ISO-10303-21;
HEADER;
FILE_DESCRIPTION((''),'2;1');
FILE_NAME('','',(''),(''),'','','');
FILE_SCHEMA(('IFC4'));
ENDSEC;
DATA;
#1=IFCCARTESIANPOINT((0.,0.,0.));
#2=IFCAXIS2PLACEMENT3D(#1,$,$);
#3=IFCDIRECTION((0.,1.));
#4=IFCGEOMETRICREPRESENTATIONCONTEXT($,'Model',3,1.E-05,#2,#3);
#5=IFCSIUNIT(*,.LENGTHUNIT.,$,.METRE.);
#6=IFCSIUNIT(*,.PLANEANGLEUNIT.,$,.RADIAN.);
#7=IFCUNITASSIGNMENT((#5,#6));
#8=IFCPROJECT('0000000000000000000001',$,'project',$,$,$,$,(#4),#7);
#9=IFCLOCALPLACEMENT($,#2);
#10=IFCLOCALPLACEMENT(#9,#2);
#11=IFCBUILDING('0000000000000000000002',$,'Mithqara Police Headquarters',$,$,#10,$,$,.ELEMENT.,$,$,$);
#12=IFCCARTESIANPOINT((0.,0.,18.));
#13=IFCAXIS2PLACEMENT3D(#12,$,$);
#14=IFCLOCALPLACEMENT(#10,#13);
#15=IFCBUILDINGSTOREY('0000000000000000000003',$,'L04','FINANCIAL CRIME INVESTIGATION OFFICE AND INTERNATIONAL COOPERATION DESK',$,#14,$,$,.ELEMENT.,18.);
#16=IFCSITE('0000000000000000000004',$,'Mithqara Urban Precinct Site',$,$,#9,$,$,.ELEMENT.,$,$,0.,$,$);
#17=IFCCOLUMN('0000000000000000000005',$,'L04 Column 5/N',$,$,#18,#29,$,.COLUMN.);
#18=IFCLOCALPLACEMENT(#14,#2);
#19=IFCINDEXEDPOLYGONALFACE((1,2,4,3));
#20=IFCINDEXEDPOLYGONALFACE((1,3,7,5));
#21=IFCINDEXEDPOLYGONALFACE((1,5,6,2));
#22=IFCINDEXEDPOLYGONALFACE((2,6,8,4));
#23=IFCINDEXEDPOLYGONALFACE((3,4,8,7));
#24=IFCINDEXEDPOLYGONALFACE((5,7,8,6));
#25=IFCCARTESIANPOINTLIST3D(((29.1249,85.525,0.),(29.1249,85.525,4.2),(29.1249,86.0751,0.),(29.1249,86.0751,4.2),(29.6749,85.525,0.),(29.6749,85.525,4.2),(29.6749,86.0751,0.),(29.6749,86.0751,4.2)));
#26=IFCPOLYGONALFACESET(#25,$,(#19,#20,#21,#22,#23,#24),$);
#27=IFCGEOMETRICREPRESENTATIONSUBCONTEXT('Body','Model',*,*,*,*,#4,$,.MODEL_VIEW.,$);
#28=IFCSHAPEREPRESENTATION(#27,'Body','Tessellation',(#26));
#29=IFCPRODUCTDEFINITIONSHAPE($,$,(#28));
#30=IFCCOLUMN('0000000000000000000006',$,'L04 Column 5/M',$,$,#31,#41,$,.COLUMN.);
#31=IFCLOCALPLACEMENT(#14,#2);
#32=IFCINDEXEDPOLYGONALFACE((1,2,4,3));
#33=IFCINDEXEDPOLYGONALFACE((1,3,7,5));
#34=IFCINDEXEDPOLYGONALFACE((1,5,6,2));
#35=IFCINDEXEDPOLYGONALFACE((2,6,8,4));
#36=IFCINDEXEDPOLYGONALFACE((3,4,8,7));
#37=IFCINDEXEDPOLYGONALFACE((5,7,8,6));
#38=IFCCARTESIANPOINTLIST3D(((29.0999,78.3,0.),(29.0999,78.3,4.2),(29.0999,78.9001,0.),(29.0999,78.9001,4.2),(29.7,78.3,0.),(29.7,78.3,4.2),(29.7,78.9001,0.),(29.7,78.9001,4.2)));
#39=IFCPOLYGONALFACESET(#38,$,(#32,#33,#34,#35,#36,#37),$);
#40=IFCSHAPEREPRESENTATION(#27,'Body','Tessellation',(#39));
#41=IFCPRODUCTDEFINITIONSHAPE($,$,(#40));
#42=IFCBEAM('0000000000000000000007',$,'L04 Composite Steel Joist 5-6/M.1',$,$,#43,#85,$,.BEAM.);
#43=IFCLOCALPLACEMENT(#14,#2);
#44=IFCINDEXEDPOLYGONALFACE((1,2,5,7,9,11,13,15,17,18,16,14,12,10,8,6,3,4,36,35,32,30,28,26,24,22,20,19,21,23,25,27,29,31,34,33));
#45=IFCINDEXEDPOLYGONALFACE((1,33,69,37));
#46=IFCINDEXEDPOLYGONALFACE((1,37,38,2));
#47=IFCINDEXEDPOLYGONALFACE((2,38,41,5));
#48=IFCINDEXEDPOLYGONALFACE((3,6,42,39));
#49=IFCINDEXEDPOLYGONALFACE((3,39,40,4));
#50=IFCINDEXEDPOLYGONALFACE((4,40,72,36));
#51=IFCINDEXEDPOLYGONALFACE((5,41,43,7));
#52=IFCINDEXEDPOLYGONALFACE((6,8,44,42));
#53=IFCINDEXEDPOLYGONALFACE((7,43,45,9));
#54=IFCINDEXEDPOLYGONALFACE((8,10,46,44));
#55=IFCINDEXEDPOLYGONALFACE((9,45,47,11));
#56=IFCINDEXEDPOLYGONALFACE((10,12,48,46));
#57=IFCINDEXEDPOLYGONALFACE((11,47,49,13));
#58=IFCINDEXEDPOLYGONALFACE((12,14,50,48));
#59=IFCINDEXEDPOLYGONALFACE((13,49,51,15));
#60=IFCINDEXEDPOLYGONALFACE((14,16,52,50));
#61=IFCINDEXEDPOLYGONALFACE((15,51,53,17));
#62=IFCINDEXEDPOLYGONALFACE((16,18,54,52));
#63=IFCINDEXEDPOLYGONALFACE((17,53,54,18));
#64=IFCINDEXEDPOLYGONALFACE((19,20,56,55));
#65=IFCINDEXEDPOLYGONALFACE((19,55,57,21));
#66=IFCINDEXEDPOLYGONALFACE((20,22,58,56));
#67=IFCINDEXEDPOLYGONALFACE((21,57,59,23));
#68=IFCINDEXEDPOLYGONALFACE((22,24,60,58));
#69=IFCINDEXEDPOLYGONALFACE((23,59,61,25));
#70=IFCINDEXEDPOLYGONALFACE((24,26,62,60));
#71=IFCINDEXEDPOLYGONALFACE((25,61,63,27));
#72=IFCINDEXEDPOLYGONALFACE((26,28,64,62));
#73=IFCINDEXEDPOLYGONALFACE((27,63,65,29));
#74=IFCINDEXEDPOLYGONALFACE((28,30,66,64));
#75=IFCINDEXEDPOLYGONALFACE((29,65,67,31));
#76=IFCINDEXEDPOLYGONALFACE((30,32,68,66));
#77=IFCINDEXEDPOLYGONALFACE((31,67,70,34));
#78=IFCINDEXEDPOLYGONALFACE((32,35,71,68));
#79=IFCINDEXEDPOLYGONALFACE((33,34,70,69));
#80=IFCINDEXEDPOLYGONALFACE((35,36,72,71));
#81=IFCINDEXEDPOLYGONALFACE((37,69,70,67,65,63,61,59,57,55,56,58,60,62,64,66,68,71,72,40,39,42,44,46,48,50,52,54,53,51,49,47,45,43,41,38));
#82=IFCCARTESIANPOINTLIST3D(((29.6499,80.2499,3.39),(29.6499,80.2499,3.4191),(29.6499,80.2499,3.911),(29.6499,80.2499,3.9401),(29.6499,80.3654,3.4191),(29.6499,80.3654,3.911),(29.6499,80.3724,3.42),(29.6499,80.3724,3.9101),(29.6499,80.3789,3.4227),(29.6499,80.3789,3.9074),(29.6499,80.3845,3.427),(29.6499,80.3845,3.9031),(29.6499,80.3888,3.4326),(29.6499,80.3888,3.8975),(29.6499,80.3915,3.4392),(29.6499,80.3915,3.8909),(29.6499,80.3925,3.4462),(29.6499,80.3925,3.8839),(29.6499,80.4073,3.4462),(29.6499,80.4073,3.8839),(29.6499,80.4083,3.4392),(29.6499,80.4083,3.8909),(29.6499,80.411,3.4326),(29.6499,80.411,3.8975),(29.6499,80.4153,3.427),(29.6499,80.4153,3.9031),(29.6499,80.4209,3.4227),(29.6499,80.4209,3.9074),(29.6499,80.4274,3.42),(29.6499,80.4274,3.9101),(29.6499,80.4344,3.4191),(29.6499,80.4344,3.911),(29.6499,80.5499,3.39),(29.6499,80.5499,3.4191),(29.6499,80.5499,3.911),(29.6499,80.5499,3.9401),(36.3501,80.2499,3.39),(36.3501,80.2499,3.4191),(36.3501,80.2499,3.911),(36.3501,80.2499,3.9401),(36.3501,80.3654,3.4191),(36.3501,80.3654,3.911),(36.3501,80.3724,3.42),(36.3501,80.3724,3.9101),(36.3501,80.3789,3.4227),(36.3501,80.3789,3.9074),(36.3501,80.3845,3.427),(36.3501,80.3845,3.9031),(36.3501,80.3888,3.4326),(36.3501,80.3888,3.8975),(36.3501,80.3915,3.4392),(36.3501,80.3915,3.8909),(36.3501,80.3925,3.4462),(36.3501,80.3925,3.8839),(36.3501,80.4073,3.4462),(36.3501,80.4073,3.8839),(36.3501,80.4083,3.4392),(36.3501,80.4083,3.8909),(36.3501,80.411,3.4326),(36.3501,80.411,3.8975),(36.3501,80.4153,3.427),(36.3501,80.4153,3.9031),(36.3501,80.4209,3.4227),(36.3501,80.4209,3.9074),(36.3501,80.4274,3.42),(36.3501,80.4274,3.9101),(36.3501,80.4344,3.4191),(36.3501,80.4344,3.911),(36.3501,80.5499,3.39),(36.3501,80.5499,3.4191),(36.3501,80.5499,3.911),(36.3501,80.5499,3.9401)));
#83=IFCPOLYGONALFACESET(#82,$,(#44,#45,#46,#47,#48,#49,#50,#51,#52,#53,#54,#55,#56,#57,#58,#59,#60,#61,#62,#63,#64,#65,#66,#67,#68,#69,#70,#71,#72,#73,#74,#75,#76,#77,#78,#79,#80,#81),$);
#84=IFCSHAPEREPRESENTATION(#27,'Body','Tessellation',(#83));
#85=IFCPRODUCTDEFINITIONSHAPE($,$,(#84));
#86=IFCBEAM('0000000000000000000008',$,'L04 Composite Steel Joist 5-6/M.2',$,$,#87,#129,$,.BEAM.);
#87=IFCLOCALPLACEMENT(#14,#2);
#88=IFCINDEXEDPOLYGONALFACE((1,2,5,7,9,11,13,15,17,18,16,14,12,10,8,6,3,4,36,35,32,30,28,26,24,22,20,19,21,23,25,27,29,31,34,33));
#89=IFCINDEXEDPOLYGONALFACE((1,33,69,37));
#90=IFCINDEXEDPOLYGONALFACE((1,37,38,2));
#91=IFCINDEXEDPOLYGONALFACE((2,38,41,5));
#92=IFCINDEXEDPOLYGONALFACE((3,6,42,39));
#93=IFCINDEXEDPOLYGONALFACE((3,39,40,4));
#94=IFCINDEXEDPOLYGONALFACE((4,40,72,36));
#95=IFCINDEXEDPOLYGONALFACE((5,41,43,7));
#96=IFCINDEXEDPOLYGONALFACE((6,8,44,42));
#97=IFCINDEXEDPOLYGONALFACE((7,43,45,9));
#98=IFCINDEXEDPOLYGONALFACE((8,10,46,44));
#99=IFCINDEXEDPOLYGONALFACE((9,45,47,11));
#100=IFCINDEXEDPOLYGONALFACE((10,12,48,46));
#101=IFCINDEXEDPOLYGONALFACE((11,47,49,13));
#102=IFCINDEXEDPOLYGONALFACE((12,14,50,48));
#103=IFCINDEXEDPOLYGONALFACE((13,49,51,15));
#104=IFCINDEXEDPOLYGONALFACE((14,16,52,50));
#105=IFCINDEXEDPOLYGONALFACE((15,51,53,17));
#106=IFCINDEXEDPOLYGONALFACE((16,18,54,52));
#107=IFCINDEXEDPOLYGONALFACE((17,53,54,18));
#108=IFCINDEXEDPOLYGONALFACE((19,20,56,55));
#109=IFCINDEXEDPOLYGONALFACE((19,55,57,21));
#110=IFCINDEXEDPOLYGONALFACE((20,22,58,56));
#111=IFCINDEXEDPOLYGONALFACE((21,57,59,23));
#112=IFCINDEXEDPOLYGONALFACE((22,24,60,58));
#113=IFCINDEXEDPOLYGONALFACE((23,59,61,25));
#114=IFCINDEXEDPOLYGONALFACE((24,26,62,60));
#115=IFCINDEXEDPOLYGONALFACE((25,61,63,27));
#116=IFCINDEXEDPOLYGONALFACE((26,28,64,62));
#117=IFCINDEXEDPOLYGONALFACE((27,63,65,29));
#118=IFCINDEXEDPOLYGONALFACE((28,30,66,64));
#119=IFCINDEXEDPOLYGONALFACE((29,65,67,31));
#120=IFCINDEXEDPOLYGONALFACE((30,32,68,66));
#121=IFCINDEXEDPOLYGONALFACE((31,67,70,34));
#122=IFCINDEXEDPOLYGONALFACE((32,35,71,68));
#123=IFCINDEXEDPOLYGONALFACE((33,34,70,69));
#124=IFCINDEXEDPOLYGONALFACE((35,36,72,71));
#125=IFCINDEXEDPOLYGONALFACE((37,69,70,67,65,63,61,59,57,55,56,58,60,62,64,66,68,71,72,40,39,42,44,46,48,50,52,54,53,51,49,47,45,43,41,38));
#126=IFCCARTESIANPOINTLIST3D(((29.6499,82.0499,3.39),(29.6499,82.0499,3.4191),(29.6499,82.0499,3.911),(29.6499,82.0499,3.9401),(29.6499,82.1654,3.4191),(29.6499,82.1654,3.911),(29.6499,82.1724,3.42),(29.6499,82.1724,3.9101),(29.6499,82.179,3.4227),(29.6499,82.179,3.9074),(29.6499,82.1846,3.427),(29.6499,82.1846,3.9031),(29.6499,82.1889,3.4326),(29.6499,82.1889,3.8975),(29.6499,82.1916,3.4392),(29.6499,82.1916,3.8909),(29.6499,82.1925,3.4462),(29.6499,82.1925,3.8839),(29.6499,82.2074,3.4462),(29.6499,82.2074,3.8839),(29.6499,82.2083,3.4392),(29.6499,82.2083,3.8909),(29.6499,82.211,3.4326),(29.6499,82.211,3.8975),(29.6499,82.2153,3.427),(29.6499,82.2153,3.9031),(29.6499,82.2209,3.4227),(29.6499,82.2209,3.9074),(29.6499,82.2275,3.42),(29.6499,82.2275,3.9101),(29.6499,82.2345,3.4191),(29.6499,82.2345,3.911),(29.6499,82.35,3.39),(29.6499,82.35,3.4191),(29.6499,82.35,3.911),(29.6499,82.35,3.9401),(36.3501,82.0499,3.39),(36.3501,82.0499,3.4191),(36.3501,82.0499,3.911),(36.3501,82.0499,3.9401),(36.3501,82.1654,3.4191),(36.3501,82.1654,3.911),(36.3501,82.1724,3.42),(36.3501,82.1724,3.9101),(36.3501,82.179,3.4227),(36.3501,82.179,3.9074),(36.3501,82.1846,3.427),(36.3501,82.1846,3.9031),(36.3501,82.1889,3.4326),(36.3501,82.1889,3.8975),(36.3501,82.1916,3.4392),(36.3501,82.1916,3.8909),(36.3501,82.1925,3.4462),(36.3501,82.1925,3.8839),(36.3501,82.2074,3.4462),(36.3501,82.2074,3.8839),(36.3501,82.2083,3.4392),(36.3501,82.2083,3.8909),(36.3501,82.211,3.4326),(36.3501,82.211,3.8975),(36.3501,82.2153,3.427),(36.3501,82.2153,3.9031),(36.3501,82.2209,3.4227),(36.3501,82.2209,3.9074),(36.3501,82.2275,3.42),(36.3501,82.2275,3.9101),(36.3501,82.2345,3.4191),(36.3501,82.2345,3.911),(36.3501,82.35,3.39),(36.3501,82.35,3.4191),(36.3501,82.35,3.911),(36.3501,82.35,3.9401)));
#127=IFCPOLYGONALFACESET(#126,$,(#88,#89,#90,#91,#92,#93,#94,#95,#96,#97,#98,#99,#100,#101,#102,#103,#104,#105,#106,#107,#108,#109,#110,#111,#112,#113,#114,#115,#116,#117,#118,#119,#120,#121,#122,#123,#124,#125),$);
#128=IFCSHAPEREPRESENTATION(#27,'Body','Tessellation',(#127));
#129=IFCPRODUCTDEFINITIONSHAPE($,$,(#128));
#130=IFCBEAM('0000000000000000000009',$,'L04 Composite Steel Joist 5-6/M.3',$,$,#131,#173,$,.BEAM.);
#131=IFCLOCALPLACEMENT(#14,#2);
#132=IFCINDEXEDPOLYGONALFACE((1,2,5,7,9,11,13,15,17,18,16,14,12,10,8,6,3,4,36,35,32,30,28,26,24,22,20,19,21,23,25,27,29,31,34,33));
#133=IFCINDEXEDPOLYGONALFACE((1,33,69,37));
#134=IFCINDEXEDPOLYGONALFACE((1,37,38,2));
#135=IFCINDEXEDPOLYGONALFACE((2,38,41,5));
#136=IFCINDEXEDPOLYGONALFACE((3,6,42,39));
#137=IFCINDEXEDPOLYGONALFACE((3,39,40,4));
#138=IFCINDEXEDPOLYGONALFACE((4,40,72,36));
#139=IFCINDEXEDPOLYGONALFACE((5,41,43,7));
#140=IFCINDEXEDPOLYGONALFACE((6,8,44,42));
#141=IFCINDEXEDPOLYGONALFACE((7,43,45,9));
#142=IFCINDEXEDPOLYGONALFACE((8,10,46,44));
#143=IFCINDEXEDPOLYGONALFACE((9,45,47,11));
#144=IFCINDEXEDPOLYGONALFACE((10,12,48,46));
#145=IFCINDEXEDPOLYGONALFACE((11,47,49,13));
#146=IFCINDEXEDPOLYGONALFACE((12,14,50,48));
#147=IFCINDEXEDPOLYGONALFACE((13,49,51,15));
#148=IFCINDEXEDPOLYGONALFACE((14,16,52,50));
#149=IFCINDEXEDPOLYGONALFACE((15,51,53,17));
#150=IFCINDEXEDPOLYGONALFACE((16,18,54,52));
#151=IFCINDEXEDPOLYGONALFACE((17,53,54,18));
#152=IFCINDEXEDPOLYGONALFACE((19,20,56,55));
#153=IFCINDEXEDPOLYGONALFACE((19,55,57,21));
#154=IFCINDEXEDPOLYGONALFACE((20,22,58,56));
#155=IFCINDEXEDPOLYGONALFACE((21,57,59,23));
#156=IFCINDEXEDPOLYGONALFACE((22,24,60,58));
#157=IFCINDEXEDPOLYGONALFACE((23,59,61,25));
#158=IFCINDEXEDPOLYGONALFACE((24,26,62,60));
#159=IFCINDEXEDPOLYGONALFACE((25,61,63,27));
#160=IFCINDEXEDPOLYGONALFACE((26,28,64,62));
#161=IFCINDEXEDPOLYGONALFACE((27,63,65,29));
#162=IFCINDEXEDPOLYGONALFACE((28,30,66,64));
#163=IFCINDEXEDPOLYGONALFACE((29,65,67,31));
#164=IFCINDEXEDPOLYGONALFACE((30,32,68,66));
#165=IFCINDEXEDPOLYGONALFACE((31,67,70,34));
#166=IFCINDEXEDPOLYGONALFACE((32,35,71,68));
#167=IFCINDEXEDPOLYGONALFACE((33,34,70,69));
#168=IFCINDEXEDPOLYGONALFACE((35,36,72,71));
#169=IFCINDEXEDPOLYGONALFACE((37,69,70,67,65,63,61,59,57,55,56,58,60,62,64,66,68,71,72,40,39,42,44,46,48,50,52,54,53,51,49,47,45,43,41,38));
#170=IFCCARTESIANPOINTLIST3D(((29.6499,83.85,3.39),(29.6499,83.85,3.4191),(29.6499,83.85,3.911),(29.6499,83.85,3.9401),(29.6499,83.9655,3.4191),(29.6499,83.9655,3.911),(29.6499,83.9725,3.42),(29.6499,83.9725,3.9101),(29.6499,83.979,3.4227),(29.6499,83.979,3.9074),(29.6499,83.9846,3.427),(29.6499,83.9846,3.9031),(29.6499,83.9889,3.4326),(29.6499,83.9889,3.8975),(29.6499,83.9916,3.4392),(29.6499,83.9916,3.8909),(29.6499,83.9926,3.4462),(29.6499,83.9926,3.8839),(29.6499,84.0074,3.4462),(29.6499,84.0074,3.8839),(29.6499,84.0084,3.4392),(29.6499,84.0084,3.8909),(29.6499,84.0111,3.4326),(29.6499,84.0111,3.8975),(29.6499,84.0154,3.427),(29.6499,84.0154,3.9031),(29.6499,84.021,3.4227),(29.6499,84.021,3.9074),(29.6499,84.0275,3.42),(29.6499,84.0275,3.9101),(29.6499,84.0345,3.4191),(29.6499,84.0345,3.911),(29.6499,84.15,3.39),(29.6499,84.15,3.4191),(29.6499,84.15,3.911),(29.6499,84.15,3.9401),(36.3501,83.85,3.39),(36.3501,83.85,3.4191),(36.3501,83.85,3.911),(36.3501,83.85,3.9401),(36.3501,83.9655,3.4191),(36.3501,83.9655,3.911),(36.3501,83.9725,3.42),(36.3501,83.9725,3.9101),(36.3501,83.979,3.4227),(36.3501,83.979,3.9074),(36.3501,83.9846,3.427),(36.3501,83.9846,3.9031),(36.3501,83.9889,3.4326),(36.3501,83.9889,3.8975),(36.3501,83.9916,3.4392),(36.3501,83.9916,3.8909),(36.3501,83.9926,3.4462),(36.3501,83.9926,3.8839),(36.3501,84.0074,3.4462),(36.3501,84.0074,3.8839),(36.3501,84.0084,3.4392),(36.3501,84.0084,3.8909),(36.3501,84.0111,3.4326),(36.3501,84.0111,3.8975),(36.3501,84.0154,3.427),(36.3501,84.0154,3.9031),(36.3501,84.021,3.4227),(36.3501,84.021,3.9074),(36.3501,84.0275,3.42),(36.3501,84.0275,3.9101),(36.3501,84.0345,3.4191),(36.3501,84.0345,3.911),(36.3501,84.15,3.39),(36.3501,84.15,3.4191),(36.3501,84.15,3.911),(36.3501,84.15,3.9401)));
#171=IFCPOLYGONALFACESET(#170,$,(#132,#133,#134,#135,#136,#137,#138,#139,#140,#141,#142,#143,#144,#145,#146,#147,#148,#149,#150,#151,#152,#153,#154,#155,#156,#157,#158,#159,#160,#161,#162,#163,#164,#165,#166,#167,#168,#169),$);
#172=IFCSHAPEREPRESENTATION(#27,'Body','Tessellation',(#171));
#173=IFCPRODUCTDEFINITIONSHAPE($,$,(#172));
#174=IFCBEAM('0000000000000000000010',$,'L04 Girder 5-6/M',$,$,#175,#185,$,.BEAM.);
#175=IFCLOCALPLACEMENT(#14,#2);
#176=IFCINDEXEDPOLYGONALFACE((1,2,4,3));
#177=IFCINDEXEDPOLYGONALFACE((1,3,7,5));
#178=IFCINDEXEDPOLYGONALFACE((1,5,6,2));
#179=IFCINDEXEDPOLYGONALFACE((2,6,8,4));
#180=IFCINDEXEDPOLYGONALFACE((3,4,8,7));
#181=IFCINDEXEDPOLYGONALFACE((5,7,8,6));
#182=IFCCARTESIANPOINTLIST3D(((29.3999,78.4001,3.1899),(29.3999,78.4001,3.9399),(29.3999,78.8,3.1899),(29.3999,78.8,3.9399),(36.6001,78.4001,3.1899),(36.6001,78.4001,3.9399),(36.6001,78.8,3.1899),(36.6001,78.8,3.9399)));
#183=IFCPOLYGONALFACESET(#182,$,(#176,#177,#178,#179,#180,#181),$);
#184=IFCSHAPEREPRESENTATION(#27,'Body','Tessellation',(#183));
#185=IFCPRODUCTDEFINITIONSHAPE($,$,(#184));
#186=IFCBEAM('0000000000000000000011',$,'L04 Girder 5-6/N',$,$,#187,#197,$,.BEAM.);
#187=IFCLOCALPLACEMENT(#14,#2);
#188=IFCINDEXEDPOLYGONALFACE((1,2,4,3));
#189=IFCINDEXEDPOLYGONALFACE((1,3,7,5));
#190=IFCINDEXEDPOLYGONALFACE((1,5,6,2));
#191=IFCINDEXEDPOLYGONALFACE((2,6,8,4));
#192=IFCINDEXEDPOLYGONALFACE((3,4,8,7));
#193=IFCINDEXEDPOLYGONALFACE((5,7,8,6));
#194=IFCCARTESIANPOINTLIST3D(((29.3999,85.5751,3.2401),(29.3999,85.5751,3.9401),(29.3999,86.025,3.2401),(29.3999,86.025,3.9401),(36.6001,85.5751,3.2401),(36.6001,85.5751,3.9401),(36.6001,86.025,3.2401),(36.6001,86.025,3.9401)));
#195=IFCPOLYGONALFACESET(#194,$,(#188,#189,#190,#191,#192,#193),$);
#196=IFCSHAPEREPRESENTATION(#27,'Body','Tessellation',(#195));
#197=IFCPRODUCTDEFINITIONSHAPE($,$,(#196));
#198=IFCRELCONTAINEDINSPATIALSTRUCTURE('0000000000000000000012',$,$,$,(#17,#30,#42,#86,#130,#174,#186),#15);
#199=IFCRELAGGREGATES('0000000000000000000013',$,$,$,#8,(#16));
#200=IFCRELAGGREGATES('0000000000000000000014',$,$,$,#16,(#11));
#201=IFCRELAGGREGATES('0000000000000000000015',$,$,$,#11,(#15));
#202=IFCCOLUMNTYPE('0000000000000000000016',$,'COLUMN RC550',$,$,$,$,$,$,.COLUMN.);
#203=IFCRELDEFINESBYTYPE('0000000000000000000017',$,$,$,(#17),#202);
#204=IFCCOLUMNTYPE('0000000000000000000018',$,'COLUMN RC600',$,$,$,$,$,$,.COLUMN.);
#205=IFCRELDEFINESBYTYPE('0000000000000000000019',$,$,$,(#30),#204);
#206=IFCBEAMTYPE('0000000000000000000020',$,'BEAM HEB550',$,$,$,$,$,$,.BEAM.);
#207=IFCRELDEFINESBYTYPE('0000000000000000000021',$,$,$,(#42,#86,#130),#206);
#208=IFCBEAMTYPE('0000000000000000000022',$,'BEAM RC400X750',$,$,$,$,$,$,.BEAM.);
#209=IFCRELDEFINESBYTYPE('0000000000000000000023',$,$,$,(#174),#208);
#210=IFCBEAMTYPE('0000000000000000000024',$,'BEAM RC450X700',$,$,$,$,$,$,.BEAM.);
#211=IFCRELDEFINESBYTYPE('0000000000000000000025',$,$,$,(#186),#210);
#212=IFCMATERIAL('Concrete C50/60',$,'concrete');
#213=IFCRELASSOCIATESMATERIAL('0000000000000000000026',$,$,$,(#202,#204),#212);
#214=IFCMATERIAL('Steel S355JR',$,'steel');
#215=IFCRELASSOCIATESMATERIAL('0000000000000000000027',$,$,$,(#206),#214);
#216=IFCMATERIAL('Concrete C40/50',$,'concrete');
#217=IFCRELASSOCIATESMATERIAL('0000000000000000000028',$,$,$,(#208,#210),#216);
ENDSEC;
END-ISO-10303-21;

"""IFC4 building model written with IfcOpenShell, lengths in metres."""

from ifc_helpers import new_model, si_unit, direction, frame, origin, origin_2d, place, context, subcontext, project, spatial, rectangle, i_section, extrude, material, material_profile, profile_set, type_object, element, save


model = new_model("IFC4")

# Units and contexts
model_context = context("Model", 3, precision=1e-05, world=origin(), true_north=direction((0.0, 1.0)))
body_context = subcontext(model_context, "Body", "Model", "MODEL_VIEW")
ifc_project = project(units=[si_unit("LENGTHUNIT", "METRE"), si_unit("PLANEANGLEUNIT", "RADIAN")], contexts=[model_context])

# Site, building, storey
site_placement = place(None, origin())
site = spatial("IfcSite", under=ifc_project, at=site_placement, Name="Mithqara Urban Precinct Site", CompositionType="ELEMENT", RefElevation=0.0)
building_placement = place(site_placement, origin())
building = spatial("IfcBuilding", under=site, at=building_placement, Name="Mithqara Police Headquarters", CompositionType="ELEMENT")
storey_placement = place(building_placement, frame((0.0, 0.0, 18.0)))
storey = spatial("IfcBuildingStorey", under=building, at=storey_placement, Name="L04", Description="FINANCIAL CRIME INVESTIGATION OFFICE AND INTERNATIONAL COOPERATION DESK", CompositionType="ELEMENT", Elevation=18.0)

# Columns
ifc_material_1 = material(Name="Concrete C50/60", Category="concrete")
ifc_material_profile_1 = material_profile(ifc_material_1, rectangle(XDim=0.55, YDim=0.55, at=origin_2d()), Name="RC 550x550")
ifc_profile_set_1 = profile_set([ifc_material_profile_1], Name="Concrete C50/60")
column_type_1 = type_object("IfcColumnType", Name="COLUMN RC550", PredefinedType="COLUMN", material=ifc_profile_set_1)
column_1_placement = place(storey_placement, frame((29.3999, 85.8, 0.0), z_axis=(0.0, 0.0, 1.0), x_axis=(1.0, 0.0, 0.0)))
element("IfcColumn", 1, at=column_1_placement, inside=storey, type_object=column_type_1, Name="L04 Column 5/N", PredefinedType="COLUMN", context=body_context, shape_type="SweptSolid", body=[
    extrude(rectangle(XDim=0.55, YDim=0.55, at=origin_2d()), origin(), (0.0, 0.0, 1.0), 4.2),
])
ifc_material_profile_2 = material_profile(ifc_material_1, rectangle(XDim=0.6001, YDim=0.6001, at=origin_2d()), Name="RC 600x600")
ifc_profile_set_2 = profile_set([ifc_material_profile_2], Name="Concrete C50/60")
column_type_2 = type_object("IfcColumnType", Name="COLUMN RC600", PredefinedType="COLUMN", material=ifc_profile_set_2)
column_2_placement = place(storey_placement, frame((29.3999, 78.6001, 0.0), z_axis=(0.0, 0.0, 1.0), x_axis=(1.0, 0.0, 0.0)))
element("IfcColumn", 2, at=column_2_placement, inside=storey, type_object=column_type_2, Name="L04 Column 5/M", PredefinedType="COLUMN", context=body_context, shape_type="SweptSolid", body=[
    extrude(rectangle(XDim=0.6001, YDim=0.6001, at=origin_2d()), origin(), (0.0, 0.0, 1.0), 4.2),
])

# Beams
ifc_material_2 = material(Name="Steel S355JR", Category="steel")
ifc_material_profile_3 = material_profile(ifc_material_2, i_section(OverallWidth=0.3, OverallDepth=0.55, WebThickness=0.0149, FlangeThickness=0.0291, FilletRadius=0.0271, at=origin_2d()), Name="HEB 550")
ifc_profile_set_3 = profile_set([ifc_material_profile_3], Name="Steel S355JR")
beam_type_1 = type_object("IfcBeamType", Name="BEAM HEB550", PredefinedType="BEAM", material=ifc_profile_set_3)
for number, where, z_axis, x_axis, name in (
    (3, (29.6499, 80.3999, 3.665), (1.0, 0.0, 0.0), (0.0, 1.0, 0.0), "L04 Composite Steel Joist 5-6/M.1"),
    (4, (29.6499, 82.2, 3.665), (1.0, 0.0, 0.0), (0.0, 1.0, 0.0), "L04 Composite Steel Joist 5-6/M.2"),
    (5, (29.6499, 84.0, 3.665), (1.0, 0.0, 0.0), (0.0, 1.0, 0.0), "L04 Composite Steel Joist 5-6/M.3"),
):
    element("IfcBeam", number, at=place(storey_placement, frame(where, z_axis=z_axis, x_axis=x_axis)), inside=storey, type_object=beam_type_1, Name=name, PredefinedType="BEAM", context=body_context, shape_type="SweptSolid", body=[
        extrude(i_section(OverallWidth=0.3, OverallDepth=0.55, WebThickness=0.0149, FlangeThickness=0.0291, FilletRadius=0.0271, at=origin_2d()), origin(), (0.0, 0.0, 1.0), 6.7002),
    ])
ifc_material_3 = material(Name="Concrete C40/50", Category="concrete")
ifc_material_profile_4 = material_profile(ifc_material_3, rectangle(XDim=0.3999, YDim=0.75, at=origin_2d()), Name="RC 400x750")
ifc_profile_set_4 = profile_set([ifc_material_profile_4], Name="Concrete C40/50")
beam_type_2 = type_object("IfcBeamType", Name="BEAM RC400X750", PredefinedType="BEAM", material=ifc_profile_set_4)
beam_1_placement = place(storey_placement, frame((29.3999, 78.6001, 3.5649), z_axis=(1.0, 0.0, 0.0), x_axis=(0.0, 1.0, 0.0)))
element("IfcBeam", 6, at=beam_1_placement, inside=storey, type_object=beam_type_2, Name="L04 Girder 5-6/M", PredefinedType="BEAM", context=body_context, shape_type="SweptSolid", body=[
    extrude(rectangle(XDim=0.3999, YDim=0.75, at=origin_2d()), origin(), (0.0, 0.0, 1.0), 7.2002),
])
ifc_material_profile_5 = material_profile(ifc_material_3, rectangle(XDim=0.45, YDim=0.7, at=origin_2d()), Name="RC 450x700")
ifc_profile_set_5 = profile_set([ifc_material_profile_5], Name="Concrete C40/50")
beam_type_3 = type_object("IfcBeamType", Name="BEAM RC450X700", PredefinedType="BEAM", material=ifc_profile_set_5)
beam_2_placement = place(storey_placement, frame((29.3999, 85.8, 3.5901), z_axis=(1.0, 0.0, 0.0), x_axis=(0.0, 1.0, 0.0)))
element("IfcBeam", 7, at=beam_2_placement, inside=storey, type_object=beam_type_3, Name="L04 Girder 5-6/N", PredefinedType="BEAM", context=body_context, shape_type="SweptSolid", body=[
    extrude(rectangle(XDim=0.45, YDim=0.7, at=origin_2d()), origin(), (0.0, 0.0, 1.0), 7.2002),
])

save(model, "model.ifc")
